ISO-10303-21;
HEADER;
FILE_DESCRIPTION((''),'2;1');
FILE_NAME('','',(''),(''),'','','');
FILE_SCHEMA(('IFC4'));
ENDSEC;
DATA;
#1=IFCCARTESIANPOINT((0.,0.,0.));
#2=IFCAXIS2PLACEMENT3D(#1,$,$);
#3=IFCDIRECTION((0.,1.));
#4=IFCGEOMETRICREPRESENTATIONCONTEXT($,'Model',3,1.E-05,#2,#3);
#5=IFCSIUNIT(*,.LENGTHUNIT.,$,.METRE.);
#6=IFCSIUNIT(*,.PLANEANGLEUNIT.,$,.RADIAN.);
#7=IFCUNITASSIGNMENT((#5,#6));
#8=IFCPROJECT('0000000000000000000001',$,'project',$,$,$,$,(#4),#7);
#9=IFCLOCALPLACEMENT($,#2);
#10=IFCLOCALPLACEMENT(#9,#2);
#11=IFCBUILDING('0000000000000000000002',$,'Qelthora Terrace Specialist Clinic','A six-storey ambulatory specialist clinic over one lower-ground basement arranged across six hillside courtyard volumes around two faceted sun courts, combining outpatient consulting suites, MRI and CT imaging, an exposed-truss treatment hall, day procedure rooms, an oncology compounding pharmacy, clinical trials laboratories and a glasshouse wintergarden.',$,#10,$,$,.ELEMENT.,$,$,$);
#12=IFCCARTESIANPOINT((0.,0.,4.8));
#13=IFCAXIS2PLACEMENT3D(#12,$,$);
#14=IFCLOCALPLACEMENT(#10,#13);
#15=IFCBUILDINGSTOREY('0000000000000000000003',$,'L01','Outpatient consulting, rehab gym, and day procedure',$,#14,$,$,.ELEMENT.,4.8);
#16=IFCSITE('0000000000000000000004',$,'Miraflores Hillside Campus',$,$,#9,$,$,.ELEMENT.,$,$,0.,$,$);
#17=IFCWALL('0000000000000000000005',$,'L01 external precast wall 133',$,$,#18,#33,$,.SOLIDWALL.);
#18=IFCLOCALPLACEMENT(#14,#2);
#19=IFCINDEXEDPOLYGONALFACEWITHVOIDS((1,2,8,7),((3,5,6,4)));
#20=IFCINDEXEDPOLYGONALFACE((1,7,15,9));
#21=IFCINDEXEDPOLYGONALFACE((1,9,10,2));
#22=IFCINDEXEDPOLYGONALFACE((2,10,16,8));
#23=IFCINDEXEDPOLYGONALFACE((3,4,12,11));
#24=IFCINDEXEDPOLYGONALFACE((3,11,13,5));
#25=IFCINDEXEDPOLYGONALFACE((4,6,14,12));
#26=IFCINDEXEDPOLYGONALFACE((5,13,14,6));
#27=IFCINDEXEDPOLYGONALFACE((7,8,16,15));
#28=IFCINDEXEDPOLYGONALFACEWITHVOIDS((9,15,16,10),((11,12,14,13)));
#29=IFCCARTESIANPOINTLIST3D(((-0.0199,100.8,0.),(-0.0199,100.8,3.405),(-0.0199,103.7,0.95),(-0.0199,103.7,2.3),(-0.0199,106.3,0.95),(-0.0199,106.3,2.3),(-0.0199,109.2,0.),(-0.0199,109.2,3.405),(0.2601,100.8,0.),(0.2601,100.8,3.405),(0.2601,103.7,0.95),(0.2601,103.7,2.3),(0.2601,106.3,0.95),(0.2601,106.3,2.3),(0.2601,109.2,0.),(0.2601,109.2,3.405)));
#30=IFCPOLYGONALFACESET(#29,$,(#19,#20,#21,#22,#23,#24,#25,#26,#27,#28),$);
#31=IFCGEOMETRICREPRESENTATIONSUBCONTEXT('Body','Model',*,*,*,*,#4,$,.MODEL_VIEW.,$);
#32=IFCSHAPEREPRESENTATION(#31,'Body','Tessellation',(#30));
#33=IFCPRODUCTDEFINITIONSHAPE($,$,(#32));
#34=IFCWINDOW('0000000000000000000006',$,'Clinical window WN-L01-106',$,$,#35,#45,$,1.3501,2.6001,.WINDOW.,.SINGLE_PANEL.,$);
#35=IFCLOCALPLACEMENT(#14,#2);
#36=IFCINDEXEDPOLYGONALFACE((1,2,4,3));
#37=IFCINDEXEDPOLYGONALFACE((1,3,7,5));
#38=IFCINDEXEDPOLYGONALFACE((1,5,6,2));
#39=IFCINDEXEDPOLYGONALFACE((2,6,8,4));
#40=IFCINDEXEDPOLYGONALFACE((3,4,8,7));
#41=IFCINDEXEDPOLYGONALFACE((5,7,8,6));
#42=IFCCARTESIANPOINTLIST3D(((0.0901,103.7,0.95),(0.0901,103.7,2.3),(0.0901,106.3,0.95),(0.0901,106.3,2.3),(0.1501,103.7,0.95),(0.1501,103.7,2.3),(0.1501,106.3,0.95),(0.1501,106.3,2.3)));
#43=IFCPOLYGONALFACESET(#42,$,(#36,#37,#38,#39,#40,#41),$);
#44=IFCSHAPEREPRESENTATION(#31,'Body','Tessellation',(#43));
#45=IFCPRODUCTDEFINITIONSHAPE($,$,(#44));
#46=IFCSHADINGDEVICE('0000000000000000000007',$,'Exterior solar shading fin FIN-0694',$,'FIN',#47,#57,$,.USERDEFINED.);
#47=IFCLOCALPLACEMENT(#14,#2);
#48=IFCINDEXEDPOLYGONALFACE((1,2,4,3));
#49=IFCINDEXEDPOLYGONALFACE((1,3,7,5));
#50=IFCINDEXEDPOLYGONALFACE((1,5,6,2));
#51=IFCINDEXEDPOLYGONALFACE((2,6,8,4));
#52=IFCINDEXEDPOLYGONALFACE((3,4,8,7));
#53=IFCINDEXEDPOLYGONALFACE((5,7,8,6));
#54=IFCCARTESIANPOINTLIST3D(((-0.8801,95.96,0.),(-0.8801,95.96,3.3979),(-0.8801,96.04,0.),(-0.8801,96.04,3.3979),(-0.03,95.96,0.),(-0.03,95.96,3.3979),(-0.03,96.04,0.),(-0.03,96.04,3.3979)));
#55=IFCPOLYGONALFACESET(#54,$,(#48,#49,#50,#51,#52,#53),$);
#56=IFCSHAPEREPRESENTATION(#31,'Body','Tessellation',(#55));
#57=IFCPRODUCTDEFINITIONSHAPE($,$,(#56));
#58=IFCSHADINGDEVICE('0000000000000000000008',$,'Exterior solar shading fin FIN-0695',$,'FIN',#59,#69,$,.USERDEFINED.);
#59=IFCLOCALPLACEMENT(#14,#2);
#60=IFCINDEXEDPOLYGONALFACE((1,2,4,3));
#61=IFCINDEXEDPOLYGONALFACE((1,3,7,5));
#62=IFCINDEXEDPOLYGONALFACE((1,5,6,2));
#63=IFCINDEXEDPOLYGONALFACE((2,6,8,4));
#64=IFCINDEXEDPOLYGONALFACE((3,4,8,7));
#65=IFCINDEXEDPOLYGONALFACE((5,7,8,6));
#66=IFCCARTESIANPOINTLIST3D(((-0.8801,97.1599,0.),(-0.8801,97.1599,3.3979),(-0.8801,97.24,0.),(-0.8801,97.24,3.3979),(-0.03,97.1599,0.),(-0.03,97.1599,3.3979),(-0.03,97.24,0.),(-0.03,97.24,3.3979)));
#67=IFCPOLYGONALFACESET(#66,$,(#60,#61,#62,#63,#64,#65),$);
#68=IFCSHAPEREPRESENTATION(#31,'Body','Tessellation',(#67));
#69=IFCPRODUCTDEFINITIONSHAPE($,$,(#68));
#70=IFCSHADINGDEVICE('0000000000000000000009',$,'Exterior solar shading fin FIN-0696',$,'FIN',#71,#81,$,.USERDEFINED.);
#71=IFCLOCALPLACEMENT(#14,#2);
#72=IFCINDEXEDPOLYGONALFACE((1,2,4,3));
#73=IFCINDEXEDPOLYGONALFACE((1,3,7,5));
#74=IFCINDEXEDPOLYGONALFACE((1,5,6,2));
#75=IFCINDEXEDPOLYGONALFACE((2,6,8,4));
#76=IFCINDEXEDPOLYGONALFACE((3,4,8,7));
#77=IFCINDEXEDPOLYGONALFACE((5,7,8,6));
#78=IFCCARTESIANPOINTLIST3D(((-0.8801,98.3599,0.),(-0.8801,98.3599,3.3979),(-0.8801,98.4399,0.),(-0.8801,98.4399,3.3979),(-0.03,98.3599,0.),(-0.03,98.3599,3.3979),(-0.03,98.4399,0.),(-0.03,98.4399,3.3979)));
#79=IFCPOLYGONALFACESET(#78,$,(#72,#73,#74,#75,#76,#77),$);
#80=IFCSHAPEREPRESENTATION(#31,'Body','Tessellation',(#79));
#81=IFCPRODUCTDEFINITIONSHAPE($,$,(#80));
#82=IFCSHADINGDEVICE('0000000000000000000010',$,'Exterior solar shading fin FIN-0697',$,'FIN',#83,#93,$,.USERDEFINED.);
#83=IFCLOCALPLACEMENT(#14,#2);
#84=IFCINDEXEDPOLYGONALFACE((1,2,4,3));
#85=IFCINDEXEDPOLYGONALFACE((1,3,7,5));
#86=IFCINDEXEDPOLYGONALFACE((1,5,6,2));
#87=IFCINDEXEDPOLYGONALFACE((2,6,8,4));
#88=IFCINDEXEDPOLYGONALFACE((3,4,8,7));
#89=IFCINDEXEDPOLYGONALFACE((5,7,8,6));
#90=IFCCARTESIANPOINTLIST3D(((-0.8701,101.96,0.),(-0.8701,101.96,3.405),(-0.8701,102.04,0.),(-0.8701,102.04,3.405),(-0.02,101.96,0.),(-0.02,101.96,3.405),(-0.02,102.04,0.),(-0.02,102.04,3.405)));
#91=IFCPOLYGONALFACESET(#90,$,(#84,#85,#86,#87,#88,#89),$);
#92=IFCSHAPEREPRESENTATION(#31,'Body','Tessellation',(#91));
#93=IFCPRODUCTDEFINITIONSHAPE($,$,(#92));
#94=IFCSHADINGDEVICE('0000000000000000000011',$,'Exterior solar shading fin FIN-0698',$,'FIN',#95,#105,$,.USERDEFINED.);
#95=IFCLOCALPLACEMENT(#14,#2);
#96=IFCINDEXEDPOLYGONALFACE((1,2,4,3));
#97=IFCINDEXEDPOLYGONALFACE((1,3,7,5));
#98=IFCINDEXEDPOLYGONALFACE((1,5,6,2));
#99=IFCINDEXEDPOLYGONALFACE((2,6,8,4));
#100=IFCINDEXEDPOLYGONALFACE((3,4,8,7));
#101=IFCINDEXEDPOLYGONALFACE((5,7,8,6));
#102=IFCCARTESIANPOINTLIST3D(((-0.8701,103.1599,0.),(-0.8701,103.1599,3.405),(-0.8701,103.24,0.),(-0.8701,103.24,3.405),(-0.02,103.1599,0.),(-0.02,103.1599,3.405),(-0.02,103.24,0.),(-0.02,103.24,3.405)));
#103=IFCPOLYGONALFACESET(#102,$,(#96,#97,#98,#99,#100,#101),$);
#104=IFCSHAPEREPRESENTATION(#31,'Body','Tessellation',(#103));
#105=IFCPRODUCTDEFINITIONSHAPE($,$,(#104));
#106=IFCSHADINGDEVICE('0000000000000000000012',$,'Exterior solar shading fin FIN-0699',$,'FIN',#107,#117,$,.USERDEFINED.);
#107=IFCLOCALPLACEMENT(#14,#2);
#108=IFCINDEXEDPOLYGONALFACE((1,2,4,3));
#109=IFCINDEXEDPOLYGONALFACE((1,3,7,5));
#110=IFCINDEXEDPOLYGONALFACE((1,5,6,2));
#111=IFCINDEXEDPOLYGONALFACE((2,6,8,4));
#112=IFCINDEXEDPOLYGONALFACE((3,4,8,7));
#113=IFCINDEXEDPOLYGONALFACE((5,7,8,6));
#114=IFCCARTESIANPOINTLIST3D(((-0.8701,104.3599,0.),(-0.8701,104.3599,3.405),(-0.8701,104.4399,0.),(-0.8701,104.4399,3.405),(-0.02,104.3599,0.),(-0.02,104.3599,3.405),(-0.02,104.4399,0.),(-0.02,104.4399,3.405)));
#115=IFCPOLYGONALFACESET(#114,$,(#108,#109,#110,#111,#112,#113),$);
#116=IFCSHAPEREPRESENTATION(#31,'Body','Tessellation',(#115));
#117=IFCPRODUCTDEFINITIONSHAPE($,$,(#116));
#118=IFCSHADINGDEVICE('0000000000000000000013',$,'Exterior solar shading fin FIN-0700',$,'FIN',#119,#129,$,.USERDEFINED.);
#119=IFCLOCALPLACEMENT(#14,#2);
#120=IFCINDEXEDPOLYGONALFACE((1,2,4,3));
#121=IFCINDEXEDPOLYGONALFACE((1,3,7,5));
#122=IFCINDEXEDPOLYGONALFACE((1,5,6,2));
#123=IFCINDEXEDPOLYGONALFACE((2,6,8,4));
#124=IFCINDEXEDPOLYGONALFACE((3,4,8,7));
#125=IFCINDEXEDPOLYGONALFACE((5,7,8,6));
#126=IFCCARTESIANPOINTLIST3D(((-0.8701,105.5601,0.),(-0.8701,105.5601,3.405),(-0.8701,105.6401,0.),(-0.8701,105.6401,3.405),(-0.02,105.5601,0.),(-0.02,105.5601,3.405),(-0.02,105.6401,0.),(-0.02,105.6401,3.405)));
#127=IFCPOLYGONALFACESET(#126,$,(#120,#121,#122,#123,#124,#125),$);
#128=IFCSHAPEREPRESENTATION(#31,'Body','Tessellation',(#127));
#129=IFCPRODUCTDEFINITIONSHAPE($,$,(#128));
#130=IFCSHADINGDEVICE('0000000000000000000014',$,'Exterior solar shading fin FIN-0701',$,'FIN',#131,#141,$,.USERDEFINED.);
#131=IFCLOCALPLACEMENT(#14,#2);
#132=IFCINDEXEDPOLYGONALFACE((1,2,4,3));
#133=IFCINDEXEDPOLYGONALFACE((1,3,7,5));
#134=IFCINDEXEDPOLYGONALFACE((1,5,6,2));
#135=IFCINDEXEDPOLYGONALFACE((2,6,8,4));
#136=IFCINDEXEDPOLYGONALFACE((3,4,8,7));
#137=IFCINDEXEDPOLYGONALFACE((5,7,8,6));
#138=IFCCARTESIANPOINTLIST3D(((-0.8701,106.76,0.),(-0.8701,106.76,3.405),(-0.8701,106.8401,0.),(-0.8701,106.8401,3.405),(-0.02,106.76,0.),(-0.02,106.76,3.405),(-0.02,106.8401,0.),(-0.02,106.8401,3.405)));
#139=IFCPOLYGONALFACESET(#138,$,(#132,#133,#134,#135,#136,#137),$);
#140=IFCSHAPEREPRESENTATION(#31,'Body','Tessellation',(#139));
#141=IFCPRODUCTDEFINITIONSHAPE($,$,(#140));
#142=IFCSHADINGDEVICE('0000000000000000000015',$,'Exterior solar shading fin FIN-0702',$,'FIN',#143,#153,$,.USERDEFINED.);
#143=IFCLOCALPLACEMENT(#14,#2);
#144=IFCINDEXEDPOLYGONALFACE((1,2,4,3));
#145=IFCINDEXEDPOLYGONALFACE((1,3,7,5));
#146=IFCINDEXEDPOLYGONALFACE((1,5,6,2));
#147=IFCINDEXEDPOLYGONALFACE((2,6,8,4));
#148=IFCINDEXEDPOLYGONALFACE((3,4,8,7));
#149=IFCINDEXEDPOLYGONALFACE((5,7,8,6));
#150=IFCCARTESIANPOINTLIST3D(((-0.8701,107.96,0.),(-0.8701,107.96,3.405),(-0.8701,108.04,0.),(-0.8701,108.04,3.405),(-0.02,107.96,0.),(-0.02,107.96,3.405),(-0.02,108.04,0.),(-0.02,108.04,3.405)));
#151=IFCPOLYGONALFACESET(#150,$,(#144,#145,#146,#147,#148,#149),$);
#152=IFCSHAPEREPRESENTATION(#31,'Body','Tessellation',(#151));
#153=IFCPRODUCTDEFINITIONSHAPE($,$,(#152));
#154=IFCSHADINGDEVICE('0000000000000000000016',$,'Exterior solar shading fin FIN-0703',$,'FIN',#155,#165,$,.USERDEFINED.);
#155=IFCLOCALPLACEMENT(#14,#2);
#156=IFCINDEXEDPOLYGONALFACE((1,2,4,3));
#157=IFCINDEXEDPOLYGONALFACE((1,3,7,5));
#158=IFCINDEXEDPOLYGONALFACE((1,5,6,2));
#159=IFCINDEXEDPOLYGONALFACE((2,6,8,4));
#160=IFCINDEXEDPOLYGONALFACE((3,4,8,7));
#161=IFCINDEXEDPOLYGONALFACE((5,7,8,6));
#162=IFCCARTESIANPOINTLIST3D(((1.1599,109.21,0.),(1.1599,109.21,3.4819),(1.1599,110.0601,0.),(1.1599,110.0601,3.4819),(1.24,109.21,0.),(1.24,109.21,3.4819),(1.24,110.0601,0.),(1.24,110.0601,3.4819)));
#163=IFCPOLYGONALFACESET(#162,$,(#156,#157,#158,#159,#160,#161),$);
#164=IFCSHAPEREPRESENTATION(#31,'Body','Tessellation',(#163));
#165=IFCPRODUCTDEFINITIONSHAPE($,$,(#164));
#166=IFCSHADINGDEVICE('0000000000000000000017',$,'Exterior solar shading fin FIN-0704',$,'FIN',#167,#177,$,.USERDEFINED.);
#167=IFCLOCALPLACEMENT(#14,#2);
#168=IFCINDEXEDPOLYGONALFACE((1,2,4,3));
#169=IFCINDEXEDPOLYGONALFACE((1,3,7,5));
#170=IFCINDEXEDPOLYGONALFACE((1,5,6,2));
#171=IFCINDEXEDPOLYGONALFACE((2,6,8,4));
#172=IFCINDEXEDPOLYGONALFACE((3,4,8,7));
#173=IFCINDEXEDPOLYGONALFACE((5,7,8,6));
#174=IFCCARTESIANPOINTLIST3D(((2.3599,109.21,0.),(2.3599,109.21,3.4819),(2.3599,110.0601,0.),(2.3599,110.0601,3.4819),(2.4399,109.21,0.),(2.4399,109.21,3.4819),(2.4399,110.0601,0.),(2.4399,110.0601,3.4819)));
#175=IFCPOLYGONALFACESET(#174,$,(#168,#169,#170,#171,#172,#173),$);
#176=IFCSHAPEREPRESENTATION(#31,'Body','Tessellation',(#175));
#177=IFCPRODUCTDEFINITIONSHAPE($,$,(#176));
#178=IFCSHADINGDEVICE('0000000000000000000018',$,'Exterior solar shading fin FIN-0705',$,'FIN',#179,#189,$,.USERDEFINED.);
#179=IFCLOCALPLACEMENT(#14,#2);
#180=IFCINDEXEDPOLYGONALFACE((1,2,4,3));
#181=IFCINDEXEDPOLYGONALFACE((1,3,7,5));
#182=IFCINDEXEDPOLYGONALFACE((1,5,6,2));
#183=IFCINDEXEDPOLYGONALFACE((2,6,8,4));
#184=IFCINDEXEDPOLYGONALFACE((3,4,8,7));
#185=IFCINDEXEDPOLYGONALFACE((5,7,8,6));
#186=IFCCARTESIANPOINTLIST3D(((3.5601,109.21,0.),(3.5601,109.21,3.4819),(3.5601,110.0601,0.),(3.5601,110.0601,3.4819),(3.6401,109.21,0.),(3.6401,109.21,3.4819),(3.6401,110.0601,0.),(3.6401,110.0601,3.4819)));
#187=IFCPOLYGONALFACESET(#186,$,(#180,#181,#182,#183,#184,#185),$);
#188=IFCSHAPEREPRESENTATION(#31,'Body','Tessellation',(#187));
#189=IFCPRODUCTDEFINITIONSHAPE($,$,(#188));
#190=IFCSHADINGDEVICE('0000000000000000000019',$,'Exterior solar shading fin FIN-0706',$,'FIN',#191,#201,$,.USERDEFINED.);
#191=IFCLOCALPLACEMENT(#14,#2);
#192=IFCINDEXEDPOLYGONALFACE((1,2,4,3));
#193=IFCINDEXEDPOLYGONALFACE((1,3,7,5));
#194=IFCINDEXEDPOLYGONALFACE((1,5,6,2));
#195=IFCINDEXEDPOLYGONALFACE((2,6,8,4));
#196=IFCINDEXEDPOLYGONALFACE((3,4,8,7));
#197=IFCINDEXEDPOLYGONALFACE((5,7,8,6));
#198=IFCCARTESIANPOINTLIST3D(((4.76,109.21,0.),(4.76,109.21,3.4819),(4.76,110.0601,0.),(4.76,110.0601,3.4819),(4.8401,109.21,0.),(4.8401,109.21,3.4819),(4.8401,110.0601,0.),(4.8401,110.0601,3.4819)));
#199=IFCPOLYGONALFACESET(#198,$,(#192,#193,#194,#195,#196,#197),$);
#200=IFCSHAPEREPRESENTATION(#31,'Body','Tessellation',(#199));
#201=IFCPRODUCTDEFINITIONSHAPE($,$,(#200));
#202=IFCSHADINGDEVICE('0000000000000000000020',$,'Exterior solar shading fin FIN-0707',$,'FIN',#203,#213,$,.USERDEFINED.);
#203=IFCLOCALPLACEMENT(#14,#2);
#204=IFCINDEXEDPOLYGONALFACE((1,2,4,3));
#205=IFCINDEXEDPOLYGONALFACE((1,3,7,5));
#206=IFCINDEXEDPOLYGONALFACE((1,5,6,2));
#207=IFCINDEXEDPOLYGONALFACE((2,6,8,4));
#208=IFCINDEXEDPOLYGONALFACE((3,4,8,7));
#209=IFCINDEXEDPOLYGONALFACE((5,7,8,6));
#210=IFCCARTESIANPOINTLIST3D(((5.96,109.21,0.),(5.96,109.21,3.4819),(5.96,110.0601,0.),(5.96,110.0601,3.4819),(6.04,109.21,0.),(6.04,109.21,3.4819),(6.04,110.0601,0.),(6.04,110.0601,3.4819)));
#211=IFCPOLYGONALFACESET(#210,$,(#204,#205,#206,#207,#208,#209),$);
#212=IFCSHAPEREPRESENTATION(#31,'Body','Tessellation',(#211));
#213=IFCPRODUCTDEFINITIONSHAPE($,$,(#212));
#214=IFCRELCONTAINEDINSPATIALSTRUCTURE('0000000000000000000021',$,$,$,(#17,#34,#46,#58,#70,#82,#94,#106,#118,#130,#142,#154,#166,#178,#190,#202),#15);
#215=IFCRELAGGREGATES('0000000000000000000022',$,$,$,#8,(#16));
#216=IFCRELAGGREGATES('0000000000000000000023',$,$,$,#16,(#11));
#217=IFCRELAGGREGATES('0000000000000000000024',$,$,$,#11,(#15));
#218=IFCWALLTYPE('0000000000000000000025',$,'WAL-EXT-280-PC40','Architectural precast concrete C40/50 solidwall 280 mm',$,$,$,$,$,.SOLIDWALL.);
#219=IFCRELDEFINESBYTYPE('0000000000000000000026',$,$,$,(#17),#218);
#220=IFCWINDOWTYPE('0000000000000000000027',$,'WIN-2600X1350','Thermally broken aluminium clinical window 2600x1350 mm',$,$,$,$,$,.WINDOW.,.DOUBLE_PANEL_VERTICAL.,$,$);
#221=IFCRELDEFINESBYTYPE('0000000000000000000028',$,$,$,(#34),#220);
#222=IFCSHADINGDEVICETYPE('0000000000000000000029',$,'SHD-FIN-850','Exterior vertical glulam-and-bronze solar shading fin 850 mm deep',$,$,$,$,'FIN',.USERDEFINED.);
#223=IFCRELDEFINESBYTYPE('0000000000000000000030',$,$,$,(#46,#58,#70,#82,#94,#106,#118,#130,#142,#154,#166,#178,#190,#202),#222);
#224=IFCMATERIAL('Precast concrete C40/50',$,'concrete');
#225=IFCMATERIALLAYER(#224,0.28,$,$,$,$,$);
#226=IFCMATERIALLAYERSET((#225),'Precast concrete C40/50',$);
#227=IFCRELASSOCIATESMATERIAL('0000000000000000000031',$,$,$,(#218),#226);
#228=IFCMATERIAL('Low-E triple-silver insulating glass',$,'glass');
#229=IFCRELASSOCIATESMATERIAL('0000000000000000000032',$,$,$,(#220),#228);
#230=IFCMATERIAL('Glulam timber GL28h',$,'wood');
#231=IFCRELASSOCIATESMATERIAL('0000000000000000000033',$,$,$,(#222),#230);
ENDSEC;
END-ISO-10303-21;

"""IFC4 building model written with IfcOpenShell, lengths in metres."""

from ifc_helpers import new_model, si_unit, direction, frame, frame_2d, origin, origin_2d, place, context, subcontext, project, spatial, rectangle, extrude, material, layer, layer_set, type_object, element, fill, save


model = new_model("IFC4")

# Units and contexts
model_context = context("Model", 3, precision=1e-05, world=origin(), true_north=direction((0.0, 1.0)))
body_context = subcontext(model_context, "Body", "Model", "MODEL_VIEW")
ifc_project = project(units=[si_unit("LENGTHUNIT", "METRE"), si_unit("PLANEANGLEUNIT", "RADIAN")], contexts=[model_context])

# Site, building, storey
site_placement = place(None, origin())
site = spatial("IfcSite", under=ifc_project, at=site_placement, Name="Miraflores Hillside Campus", CompositionType="ELEMENT", RefElevation=0.0)
building_placement = place(site_placement, origin())
building = spatial("IfcBuilding", under=site, at=building_placement, Name="Qelthora Terrace Specialist Clinic", Description="A six-storey ambulatory specialist clinic over one lower-ground basement arranged across six hillside courtyard volumes around two faceted sun courts, combining outpatient consulting suites, MRI and CT imaging, an exposed-truss treatment hall, day procedure rooms, an oncology compounding pharmacy, clinical trials laboratories and a glasshouse wintergarden.", CompositionType="ELEMENT")
storey_placement = place(building_placement, frame((0.0, 0.0, 4.8)))
storey = spatial("IfcBuildingStorey", under=building, at=storey_placement, Name="L01", Description="Outpatient consulting, rehab gym, and day procedure", CompositionType="ELEMENT", Elevation=4.8)

# Shared definitions
ifc_material_1 = material(Name="Precast concrete C40/50", Category="concrete")

# Wall, opening, window
ifc_layer_1 = layer(ifc_material_1, 0.28)
ifc_layer_set_1 = layer_set([ifc_layer_1], Name="Precast concrete C40/50")
wall_type_1 = type_object("IfcWallType", Name="WAL-EXT-280-PC40", Description="Architectural precast concrete C40/50 solidwall 280 mm", PredefinedType="SOLIDWALL", material=ifc_layer_set_1)
wall_1_placement = place(storey_placement, frame((0.1201, 100.8, 0.0), z_axis=(0.0, 0.0, 1.0), x_axis=(0.0, 1.0, 0.0)))
wall_1 = element("IfcWall", 1, at=wall_1_placement, inside=storey, type_object=wall_type_1, Name="L01 external precast wall 133", PredefinedType="SOLIDWALL", context=body_context, shape_type="SweptSolid", body=[
    extrude(rectangle(XDim=8.3999, YDim=0.28, at=frame_2d((4.2, 0.0))), origin(), (0.0, 0.0, 1.0), 3.405),
])
opening_placement = place(wall_1_placement, frame((2.8999, 0.0, 0.95)))
opening = element("IfcOpeningElement", 2, at=opening_placement, cuts=wall_1, PredefinedType="OPENING", context=body_context, shape_type="SweptSolid", body=[
    extrude(rectangle(XDim=2.6001, YDim=1.3501, at=frame_2d((1.3, 0.675))), frame((0.0, 0.1499, 0.0), z_axis=(0.0, -1.0, 0.0), x_axis=(1.0, 0.0, 0.0)), (0.0, 0.0, 1.0), 0.3),
])
ifc_material_2 = material(Name="Low-E triple-silver insulating glass", Category="glass")
window_type = type_object("IfcWindowType", Name="WIN-2600X1350", Description="Thermally broken aluminium clinical window 2600x1350 mm", PartitioningType="DOUBLE_PANEL_VERTICAL", PredefinedType="WINDOW", material=ifc_material_2)
window_placement = place(opening_placement, origin())
window = element("IfcWindow", 3, at=window_placement, inside=storey, type_object=window_type, Name="Clinical window WN-L01-106", OverallHeight=1.3501, OverallWidth=2.6001, PartitioningType="SINGLE_PANEL", PredefinedType="WINDOW", context=body_context, shape_type="SweptSolid", body=[
    extrude(rectangle(XDim=2.6001, YDim=1.3501, at=frame_2d((1.3, 0.675))), frame((0.0, 0.03, 0.0), z_axis=(0.0, -1.0, 0.0), x_axis=(1.0, 0.0, 0.0)), (0.0, 0.0, 1.0), 0.0601),
])
fill(opening, window)

# Shading devices
ifc_material_3 = material(Name="Glulam timber GL28h", Category="wood")
shading_device_type = type_object("IfcShadingDeviceType", Name="SHD-FIN-850", Description="Exterior vertical glulam-and-bronze solar shading fin 850 mm deep", ElementType="FIN", PredefinedType="USERDEFINED", material=ifc_material_3)
for number, where, z_axis, x_axis, name in (
    (4, (-0.4551, 96.0, 0.0), (0.0, 0.0, 1.0), (-1.0, 0.0, 0.0), "Exterior solar shading fin FIN-0694"),
    (5, (-0.4551, 97.2, 0.0), (0.0, 0.0, 1.0), (-1.0, 0.0, 0.0), "Exterior solar shading fin FIN-0695"),
    (6, (-0.4551, 98.3999, 0.0), (0.0, 0.0, 1.0), (-1.0, 0.0, 0.0), "Exterior solar shading fin FIN-0696"),
):
    element("IfcShadingDevice", number, at=place(storey_placement, frame(where, z_axis=z_axis, x_axis=x_axis)), inside=storey, type_object=shading_device_type, Name=name, ObjectType="FIN", PredefinedType="USERDEFINED", context=body_context, shape_type="SweptSolid", body=[
        extrude(rectangle(XDim=0.8501, YDim=0.0801, at=origin_2d()), origin(), (0.0, 0.0, 1.0), 3.3979),
    ])
for number, where, z_axis, x_axis, name in (
    (7, (-0.4451, 102.0, 0.0), (0.0, 0.0, 1.0), (-1.0, 0.0, 0.0), "Exterior solar shading fin FIN-0697"),
    (8, (-0.4451, 103.2, 0.0), (0.0, 0.0, 1.0), (-1.0, 0.0, 0.0), "Exterior solar shading fin FIN-0698"),
    (9, (-0.4451, 104.3999, 0.0), (0.0, 0.0, 1.0), (-1.0, 0.0, 0.0), "Exterior solar shading fin FIN-0699"),
    (10, (-0.4451, 105.6001, 0.0), (0.0, 0.0, 1.0), (-1.0, 0.0, 0.0), "Exterior solar shading fin FIN-0700"),
    (11, (-0.4451, 106.8, 0.0), (0.0, 0.0, 1.0), (-1.0, 0.0, 0.0), "Exterior solar shading fin FIN-0701"),
    (12, (-0.4451, 108.0, 0.0), (0.0, 0.0, 1.0), (-1.0, 0.0, 0.0), "Exterior solar shading fin FIN-0702"),
):
    element("IfcShadingDevice", number, at=place(storey_placement, frame(where, z_axis=z_axis, x_axis=x_axis)), inside=storey, type_object=shading_device_type, Name=name, ObjectType="FIN", PredefinedType="USERDEFINED", context=body_context, shape_type="SweptSolid", body=[
        extrude(rectangle(XDim=0.8501, YDim=0.0801, at=origin_2d()), origin(), (0.0, 0.0, 1.0), 3.405),
    ])
for number, where, z_axis, x_axis, name in (
    (13, (1.2, 109.635, 0.0), (0.0, 0.0, 1.0), (0.0, 1.0, 0.0), "Exterior solar shading fin FIN-0703"),
    (14, (2.3999, 109.635, 0.0), (0.0, 0.0, 1.0), (0.0, 1.0, 0.0), "Exterior solar shading fin FIN-0704"),
    (15, (3.6001, 109.635, 0.0), (0.0, 0.0, 1.0), (0.0, 1.0, 0.0), "Exterior solar shading fin FIN-0705"),
    (16, (4.8, 109.635, 0.0), (0.0, 0.0, 1.0), (0.0, 1.0, 0.0), "Exterior solar shading fin FIN-0706"),
    (17, (6.0, 109.635, 0.0), (0.0, 0.0, 1.0), (0.0, 1.0, 0.0), "Exterior solar shading fin FIN-0707"),
):
    element("IfcShadingDevice", number, at=place(storey_placement, frame(where, z_axis=z_axis, x_axis=x_axis)), inside=storey, type_object=shading_device_type, Name=name, ObjectType="FIN", PredefinedType="USERDEFINED", context=body_context, shape_type="SweptSolid", body=[
        extrude(rectangle(XDim=0.8501, YDim=0.0801, at=origin_2d()), origin(), (0.0, 0.0, 1.0), 3.4819),
    ])

save(model, "model.ifc")
